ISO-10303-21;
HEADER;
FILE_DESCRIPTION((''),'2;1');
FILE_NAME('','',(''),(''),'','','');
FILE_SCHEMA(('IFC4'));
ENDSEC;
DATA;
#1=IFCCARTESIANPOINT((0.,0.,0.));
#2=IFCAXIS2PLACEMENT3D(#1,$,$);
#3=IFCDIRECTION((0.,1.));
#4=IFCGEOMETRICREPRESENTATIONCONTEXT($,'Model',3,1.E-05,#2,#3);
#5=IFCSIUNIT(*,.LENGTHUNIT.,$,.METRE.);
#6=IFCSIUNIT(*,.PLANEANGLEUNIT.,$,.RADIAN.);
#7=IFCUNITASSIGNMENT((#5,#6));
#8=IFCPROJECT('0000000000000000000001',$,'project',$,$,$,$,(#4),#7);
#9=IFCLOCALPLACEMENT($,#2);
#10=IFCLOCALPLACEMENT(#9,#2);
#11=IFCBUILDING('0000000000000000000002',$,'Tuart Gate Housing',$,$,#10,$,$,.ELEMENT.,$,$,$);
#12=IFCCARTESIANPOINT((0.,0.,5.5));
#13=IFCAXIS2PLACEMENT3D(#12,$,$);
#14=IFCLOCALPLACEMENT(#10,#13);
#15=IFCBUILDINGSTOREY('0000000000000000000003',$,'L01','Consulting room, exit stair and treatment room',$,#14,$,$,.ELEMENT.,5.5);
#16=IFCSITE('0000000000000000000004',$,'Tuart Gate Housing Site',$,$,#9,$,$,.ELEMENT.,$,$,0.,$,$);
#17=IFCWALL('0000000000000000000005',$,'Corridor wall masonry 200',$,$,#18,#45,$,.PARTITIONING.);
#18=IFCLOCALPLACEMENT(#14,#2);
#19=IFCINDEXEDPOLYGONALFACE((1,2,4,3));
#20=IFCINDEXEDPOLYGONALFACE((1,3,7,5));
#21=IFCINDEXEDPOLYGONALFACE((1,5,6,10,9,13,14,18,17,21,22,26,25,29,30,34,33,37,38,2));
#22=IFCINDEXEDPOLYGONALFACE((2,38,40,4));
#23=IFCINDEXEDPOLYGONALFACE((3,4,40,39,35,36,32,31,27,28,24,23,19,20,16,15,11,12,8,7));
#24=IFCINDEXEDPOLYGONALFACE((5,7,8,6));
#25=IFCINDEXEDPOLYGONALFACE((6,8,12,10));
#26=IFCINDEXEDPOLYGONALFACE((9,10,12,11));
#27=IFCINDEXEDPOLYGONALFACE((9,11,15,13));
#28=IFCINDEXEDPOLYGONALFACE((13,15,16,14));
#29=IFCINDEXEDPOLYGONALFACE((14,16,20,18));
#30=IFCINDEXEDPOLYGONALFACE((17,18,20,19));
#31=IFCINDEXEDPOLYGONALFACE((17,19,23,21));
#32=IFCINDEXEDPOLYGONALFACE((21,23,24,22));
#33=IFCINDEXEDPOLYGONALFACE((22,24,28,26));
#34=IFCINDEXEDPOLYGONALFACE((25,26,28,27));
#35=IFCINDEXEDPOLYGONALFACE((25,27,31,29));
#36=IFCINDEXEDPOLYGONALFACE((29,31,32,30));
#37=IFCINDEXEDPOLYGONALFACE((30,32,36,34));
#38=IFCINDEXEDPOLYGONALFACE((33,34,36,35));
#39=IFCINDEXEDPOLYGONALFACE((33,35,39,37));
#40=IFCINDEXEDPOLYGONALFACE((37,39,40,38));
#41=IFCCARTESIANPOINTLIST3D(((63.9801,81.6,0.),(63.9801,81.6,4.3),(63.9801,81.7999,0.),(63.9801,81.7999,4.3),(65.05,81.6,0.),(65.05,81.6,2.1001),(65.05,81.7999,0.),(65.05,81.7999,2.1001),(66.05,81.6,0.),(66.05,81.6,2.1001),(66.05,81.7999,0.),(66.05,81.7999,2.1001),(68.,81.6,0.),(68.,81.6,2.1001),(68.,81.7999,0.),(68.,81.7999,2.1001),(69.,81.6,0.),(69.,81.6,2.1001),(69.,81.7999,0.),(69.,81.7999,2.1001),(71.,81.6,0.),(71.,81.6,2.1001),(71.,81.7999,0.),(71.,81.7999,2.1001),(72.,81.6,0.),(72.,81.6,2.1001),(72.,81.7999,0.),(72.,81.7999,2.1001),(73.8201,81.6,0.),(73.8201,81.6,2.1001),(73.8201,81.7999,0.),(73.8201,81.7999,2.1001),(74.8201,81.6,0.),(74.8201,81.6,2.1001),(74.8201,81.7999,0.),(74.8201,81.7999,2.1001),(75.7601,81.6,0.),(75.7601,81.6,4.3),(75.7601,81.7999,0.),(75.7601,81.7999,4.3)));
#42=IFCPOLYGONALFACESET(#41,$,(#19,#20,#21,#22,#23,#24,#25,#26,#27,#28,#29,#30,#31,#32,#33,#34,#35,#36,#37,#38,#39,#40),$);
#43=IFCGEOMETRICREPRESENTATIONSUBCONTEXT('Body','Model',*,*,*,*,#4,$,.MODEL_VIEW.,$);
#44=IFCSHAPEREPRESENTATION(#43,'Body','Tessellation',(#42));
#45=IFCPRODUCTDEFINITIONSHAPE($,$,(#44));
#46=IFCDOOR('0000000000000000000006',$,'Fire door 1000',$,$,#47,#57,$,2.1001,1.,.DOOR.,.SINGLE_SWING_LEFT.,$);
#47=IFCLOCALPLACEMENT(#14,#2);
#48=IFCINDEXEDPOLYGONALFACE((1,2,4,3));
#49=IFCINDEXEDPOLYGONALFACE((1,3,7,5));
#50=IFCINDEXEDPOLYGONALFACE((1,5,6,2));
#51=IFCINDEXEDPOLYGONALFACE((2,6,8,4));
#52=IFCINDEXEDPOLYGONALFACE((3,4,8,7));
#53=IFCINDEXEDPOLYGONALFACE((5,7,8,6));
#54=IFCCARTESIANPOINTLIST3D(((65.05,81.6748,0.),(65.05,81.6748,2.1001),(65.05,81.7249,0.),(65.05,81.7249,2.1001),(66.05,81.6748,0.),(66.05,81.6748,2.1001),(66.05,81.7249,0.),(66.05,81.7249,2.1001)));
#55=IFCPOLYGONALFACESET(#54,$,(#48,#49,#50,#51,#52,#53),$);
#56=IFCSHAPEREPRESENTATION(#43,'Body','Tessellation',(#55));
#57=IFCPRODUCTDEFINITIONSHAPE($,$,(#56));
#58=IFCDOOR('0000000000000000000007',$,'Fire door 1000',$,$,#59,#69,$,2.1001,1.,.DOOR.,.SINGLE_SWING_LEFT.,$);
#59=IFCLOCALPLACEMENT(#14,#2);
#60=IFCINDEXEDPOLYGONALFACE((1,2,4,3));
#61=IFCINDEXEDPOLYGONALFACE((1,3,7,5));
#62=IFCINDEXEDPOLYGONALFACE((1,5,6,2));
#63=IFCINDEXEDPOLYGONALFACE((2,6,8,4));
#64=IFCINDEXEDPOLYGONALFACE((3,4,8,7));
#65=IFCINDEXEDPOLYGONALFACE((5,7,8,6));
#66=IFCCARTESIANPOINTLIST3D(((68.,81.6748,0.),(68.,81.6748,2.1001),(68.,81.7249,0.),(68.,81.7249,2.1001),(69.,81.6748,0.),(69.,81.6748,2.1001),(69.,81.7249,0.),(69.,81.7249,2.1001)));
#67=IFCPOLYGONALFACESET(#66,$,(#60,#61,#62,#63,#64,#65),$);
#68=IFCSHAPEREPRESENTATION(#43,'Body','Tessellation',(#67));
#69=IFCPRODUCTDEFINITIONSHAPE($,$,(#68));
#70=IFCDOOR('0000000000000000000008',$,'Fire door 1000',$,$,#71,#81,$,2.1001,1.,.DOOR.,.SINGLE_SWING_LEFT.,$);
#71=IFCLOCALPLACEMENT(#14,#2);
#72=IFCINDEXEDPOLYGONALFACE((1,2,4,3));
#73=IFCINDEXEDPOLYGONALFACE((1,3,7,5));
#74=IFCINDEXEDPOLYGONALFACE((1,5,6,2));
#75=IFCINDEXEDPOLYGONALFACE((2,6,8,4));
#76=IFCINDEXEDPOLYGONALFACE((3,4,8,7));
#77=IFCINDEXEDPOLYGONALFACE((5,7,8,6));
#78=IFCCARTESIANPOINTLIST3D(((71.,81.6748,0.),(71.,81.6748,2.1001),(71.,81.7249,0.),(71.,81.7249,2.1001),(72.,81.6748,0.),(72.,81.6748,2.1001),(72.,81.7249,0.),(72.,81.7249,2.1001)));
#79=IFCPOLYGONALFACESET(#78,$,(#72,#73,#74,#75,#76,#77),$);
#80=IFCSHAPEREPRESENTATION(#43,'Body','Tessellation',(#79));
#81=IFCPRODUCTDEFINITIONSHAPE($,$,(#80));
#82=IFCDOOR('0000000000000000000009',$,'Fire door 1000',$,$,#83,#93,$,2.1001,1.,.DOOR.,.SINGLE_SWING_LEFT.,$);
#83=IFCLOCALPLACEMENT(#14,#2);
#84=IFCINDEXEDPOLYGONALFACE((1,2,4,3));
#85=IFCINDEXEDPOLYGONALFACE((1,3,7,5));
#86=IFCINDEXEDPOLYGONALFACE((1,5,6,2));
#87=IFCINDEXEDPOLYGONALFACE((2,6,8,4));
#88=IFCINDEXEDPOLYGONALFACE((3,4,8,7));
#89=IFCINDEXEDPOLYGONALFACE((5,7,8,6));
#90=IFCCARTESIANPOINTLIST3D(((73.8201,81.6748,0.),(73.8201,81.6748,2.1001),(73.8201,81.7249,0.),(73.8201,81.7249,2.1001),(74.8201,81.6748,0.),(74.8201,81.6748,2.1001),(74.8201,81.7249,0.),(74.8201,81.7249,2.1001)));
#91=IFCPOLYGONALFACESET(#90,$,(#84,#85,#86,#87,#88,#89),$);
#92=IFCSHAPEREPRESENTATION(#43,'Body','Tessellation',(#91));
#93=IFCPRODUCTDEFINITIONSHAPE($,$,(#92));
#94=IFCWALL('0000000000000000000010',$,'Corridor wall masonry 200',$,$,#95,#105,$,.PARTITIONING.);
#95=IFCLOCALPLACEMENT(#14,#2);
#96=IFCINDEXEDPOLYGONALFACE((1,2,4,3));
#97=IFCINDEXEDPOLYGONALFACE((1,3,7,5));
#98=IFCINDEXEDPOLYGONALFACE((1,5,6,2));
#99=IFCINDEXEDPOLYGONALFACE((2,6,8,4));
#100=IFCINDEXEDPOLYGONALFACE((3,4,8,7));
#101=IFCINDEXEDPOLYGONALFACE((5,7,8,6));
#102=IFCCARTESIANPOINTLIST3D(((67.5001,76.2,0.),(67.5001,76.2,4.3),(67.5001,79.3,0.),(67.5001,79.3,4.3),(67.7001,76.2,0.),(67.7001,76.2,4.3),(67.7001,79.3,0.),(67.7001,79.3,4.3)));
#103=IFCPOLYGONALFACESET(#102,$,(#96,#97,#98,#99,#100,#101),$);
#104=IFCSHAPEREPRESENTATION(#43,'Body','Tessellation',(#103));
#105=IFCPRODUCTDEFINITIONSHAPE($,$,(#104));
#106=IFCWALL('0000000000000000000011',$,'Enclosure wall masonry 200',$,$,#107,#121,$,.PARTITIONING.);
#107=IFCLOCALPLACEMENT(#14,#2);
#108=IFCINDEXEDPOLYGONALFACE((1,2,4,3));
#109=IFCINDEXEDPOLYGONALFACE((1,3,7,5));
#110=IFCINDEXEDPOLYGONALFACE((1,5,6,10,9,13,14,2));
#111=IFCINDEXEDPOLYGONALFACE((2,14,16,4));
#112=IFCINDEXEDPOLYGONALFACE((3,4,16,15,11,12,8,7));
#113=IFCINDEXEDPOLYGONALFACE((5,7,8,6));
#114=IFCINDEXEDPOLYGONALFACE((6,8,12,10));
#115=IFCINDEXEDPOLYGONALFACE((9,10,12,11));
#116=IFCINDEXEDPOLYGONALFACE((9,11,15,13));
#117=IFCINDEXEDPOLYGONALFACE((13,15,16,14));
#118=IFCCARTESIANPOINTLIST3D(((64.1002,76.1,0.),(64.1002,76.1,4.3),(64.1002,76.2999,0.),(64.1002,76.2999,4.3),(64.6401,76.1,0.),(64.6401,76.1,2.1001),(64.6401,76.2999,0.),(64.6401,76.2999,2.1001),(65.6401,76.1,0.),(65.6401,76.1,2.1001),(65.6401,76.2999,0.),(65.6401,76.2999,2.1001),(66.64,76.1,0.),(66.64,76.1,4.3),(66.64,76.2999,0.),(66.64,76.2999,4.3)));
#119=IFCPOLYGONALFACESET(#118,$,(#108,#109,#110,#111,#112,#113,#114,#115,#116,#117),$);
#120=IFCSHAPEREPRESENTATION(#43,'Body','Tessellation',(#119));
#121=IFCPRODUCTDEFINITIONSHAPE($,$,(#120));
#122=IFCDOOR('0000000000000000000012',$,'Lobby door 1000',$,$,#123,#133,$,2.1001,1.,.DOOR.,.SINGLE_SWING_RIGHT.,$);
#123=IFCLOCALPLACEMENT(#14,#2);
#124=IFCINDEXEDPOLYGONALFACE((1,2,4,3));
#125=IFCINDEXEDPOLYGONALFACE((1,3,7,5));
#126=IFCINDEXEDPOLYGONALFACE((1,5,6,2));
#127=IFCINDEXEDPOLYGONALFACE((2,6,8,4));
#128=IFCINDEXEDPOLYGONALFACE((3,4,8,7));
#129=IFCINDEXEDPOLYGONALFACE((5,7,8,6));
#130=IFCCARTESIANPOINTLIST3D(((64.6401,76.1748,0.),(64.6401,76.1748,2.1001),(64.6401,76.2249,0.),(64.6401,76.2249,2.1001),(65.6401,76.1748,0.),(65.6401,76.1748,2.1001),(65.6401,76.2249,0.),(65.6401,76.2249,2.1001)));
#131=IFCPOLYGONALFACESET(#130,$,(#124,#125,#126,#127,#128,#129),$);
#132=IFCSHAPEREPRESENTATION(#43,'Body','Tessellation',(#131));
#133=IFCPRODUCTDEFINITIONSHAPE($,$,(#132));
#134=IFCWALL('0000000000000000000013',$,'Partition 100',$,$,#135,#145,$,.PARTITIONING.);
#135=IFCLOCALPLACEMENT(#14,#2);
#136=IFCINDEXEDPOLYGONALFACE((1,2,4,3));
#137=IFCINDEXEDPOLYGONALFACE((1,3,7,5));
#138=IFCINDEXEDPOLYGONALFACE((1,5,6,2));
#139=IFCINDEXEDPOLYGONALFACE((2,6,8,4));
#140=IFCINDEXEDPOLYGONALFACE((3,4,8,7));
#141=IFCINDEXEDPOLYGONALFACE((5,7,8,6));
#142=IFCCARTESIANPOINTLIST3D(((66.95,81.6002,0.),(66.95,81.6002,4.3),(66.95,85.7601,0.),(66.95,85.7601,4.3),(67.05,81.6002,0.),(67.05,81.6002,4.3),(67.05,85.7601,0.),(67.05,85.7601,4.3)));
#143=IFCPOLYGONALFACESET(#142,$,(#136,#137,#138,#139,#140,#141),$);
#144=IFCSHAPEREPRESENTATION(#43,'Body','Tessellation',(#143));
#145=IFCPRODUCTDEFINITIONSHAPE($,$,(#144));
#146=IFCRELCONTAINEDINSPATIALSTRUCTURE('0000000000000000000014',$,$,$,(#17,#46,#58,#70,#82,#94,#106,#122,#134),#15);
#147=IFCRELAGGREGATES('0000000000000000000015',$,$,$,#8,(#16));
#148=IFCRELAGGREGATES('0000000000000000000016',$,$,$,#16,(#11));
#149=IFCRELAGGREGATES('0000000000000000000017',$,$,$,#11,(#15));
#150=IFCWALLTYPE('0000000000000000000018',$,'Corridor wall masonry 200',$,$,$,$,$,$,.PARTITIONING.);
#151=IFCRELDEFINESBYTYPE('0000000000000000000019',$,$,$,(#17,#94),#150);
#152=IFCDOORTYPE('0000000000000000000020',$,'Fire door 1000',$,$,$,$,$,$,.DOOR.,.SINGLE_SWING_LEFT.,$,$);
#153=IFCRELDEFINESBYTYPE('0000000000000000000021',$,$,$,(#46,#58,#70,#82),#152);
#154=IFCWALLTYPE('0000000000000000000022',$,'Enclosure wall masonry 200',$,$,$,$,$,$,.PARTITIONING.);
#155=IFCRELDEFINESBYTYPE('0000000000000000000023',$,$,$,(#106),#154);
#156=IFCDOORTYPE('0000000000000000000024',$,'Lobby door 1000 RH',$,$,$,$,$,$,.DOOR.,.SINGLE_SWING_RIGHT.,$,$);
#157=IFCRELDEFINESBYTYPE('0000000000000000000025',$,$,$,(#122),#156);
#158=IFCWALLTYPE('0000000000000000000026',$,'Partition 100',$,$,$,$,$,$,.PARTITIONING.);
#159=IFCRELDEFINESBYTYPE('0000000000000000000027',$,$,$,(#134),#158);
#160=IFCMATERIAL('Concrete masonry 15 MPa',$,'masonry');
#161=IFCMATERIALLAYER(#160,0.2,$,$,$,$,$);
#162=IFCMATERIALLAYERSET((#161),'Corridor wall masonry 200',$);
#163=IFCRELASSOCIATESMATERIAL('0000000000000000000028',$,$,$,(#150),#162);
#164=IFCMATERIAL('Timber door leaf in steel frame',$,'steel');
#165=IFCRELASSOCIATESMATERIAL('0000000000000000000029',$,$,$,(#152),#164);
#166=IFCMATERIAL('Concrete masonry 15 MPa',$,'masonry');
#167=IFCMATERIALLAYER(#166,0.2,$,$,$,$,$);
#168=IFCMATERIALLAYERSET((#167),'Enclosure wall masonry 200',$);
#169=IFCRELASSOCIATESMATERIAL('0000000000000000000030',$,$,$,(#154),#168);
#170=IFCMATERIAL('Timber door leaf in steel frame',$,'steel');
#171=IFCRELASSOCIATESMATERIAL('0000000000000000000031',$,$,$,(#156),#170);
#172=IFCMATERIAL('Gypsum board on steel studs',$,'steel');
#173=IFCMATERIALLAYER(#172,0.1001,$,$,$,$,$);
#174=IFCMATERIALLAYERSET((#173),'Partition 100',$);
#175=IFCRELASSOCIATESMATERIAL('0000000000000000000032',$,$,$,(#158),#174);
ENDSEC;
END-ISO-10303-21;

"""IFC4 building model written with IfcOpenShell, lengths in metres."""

from ifc_helpers import new_model, si_unit, direction, frame, frame_2d, origin, place, context, subcontext, project, spatial, rectangle, extrude, material, layer, layer_set, type_object, element, fill, save


model = new_model("IFC4")

# Units and contexts
model_context = context("Model", 3, precision=1e-05, world=origin(), true_north=direction((0.0, 1.0)))
body_context = subcontext(model_context, "Body", "Model", "MODEL_VIEW")
ifc_project = project(units=[si_unit("LENGTHUNIT", "METRE"), si_unit("PLANEANGLEUNIT", "RADIAN")], contexts=[model_context])

# Site, building, storey
site_placement = place(None, origin())
site = spatial("IfcSite", under=ifc_project, at=site_placement, Name="Tuart Gate Housing Site", CompositionType="ELEMENT", RefElevation=0.0)
building_placement = place(site_placement, origin())
building = spatial("IfcBuilding", under=site, at=building_placement, Name="Tuart Gate Housing", CompositionType="ELEMENT")
storey_placement = place(building_placement, frame((0.0, 0.0, 5.5)))
storey = spatial("IfcBuildingStorey", under=building, at=storey_placement, Name="L01", Description="Consulting room, exit stair and treatment room", CompositionType="ELEMENT", Elevation=5.5)

# Wall, openings, doors
ifc_material_1 = material(Name="Concrete masonry 15 MPa", Category="masonry")
ifc_layer_1 = layer(ifc_material_1, 0.2)
ifc_layer_set_1 = layer_set([ifc_layer_1], Name="Corridor wall masonry 200")
wall_type_1 = type_object("IfcWallType", Name="Corridor wall masonry 200", PredefinedType="PARTITIONING", material=ifc_layer_set_1)
wall_1_placement = place(storey_placement, frame((63.98, 81.7, 0.0), z_axis=(0.0, 0.0, 1.0), x_axis=(1.0, 0.0, 0.0)))
wall_1 = element("IfcWall", 1, at=wall_1_placement, inside=storey, type_object=wall_type_1, Name="Corridor wall masonry 200", PredefinedType="PARTITIONING", context=body_context, shape_type="SweptSolid", body=[
    extrude(rectangle(XDim=11.78, YDim=0.2, at=frame_2d((5.8901, 0.0))), origin(), (0.0, 0.0, 1.0), 4.3),
])
opening_1_placement = place(wall_1_placement, frame((1.0701, 0.0, 0.0)))
opening_1 = element("IfcOpeningElement", 2, at=opening_1_placement, cuts=wall_1, PredefinedType="OPENING", context=body_context, shape_type="SweptSolid", body=[
    extrude(rectangle(XDim=1.0, YDim=2.1001, at=frame_2d((0.5, 1.05))), frame((0.0, 0.1099, 0.0), z_axis=(0.0, -1.0, 0.0), x_axis=(1.0, 0.0, 0.0)), (0.0, 0.0, 1.0), 0.22),
])
opening_2_placement = place(wall_1_placement, frame((4.02, 0.0, 0.0)))
opening_2 = element("IfcOpeningElement", 3, at=opening_2_placement, cuts=wall_1, PredefinedType="OPENING", context=body_context, shape_type="SweptSolid", body=[
    extrude(rectangle(XDim=1.0, YDim=2.1001, at=frame_2d((0.5, 1.05))), frame((0.0, 0.1099, 0.0), z_axis=(0.0, -1.0, 0.0), x_axis=(1.0, 0.0, 0.0)), (0.0, 0.0, 1.0), 0.22),
])
opening_3_placement = place(wall_1_placement, frame((7.02, 0.0, 0.0)))
opening_3 = element("IfcOpeningElement", 4, at=opening_3_placement, cuts=wall_1, PredefinedType="OPENING", context=body_context, shape_type="SweptSolid", body=[
    extrude(rectangle(XDim=1.0, YDim=2.1001, at=frame_2d((0.5, 1.05))), frame((0.0, 0.1099, 0.0), z_axis=(0.0, -1.0, 0.0), x_axis=(1.0, 0.0, 0.0)), (0.0, 0.0, 1.0), 0.22),
])
opening_4_placement = place(wall_1_placement, frame((9.8401, 0.0, 0.0)))
opening_4 = element("IfcOpeningElement", 5, at=opening_4_placement, cuts=wall_1, PredefinedType="OPENING", context=body_context, shape_type="SweptSolid", body=[
    extrude(rectangle(XDim=1.0, YDim=2.1001, at=frame_2d((0.5, 1.05))), frame((0.0, 0.1099, 0.0), z_axis=(0.0, -1.0, 0.0), x_axis=(1.0, 0.0, 0.0)), (0.0, 0.0, 1.0), 0.22),
])
ifc_material_2 = material(Name="Timber door leaf in steel frame", Category="steel")
door_type_1 = type_object("IfcDoorType", Name="Fire door 1000", OperationType="SINGLE_SWING_LEFT", PredefinedType="DOOR", material=ifc_material_2)
door_1_placement = place(opening_1_placement, origin())
door_1 = element("IfcDoor", 6, at=door_1_placement, inside=storey, type_object=door_type_1, Name="Fire door 1000", OperationType="SINGLE_SWING_LEFT", OverallHeight=2.1001, OverallWidth=1.0, PredefinedType="DOOR", context=body_context, shape_type="SweptSolid", body=[
    extrude(rectangle(XDim=1.0, YDim=2.1001, at=frame_2d((0.5, 1.05))), frame((0.0, 0.0249, 0.0), z_axis=(0.0, -1.0, 0.0), x_axis=(1.0, 0.0, 0.0)), (0.0, 0.0, 1.0), 0.05),
])
fill(opening_1, door_1)
door_2_placement = place(opening_2_placement, origin())
door_2 = element("IfcDoor", 7, at=door_2_placement, inside=storey, type_object=door_type_1, Name="Fire door 1000", OperationType="SINGLE_SWING_LEFT", OverallHeight=2.1001, OverallWidth=1.0, PredefinedType="DOOR", context=body_context, shape_type="SweptSolid", body=[
    extrude(rectangle(XDim=1.0, YDim=2.1001, at=frame_2d((0.5, 1.05))), frame((0.0, 0.0249, 0.0), z_axis=(0.0, -1.0, 0.0), x_axis=(1.0, 0.0, 0.0)), (0.0, 0.0, 1.0), 0.05),
])
fill(opening_2, door_2)
door_3_placement = place(opening_3_placement, origin())
door_3 = element("IfcDoor", 8, at=door_3_placement, inside=storey, type_object=door_type_1, Name="Fire door 1000", OperationType="SINGLE_SWING_LEFT", OverallHeight=2.1001, OverallWidth=1.0, PredefinedType="DOOR", context=body_context, shape_type="SweptSolid", body=[
    extrude(rectangle(XDim=1.0, YDim=2.1001, at=frame_2d((0.5, 1.05))), frame((0.0, 0.0249, 0.0), z_axis=(0.0, -1.0, 0.0), x_axis=(1.0, 0.0, 0.0)), (0.0, 0.0, 1.0), 0.05),
])
fill(opening_3, door_3)
door_4_placement = place(opening_4_placement, origin())
door_4 = element("IfcDoor", 9, at=door_4_placement, inside=storey, type_object=door_type_1, Name="Fire door 1000", OperationType="SINGLE_SWING_LEFT", OverallHeight=2.1001, OverallWidth=1.0, PredefinedType="DOOR", context=body_context, shape_type="SweptSolid", body=[
    extrude(rectangle(XDim=1.0, YDim=2.1001, at=frame_2d((0.5, 1.05))), frame((0.0, 0.0249, 0.0), z_axis=(0.0, -1.0, 0.0), x_axis=(1.0, 0.0, 0.0)), (0.0, 0.0, 1.0), 0.05),
])
fill(opening_4, door_4)

# Wall
wall_2_placement = place(storey_placement, frame((67.6001, 76.2, 0.0), z_axis=(0.0, 0.0, 1.0), x_axis=(0.0, 1.0, 0.0)))
element("IfcWall", 10, at=wall_2_placement, inside=storey, type_object=wall_type_1, Name="Corridor wall masonry 200", PredefinedType="PARTITIONING", context=body_context, shape_type="SweptSolid", body=[
    extrude(rectangle(XDim=3.1001, YDim=0.2, at=frame_2d((1.55, 0.0))), origin(), (0.0, 0.0, 1.0), 4.3),
])

# Wall, opening, door
ifc_material_3 = material(Name="Concrete masonry 15 MPa", Category="masonry")
ifc_layer_2 = layer(ifc_material_3, 0.2)
ifc_layer_set_2 = layer_set([ifc_layer_2], Name="Enclosure wall masonry 200")
wall_type_2 = type_object("IfcWallType", Name="Enclosure wall masonry 200", PredefinedType="PARTITIONING", material=ifc_layer_set_2)
wall_3_placement = place(storey_placement, frame((64.1001, 76.2, 0.0), z_axis=(0.0, 0.0, 1.0), x_axis=(1.0, 0.0, 0.0)))
wall_3 = element("IfcWall", 11, at=wall_3_placement, inside=storey, type_object=wall_type_2, Name="Enclosure wall masonry 200", PredefinedType="PARTITIONING", context=body_context, shape_type="SweptSolid", body=[
    extrude(rectangle(XDim=2.5398, YDim=0.2, at=frame_2d((1.27, 0.0))), origin(), (0.0, 0.0, 1.0), 4.3),
])
opening_5_placement = place(wall_3_placement, frame((0.54, 0.0, 0.0)))
opening_5 = element("IfcOpeningElement", 12, at=opening_5_placement, cuts=wall_3, PredefinedType="OPENING", context=body_context, shape_type="SweptSolid", body=[
    extrude(rectangle(XDim=1.0, YDim=2.1001, at=frame_2d((0.5, 1.05))), frame((0.0, 0.1099, 0.0), z_axis=(0.0, -1.0, 0.0), x_axis=(1.0, 0.0, 0.0)), (0.0, 0.0, 1.0), 0.22),
])
ifc_material_4 = material(Name="Timber door leaf in steel frame", Category="steel")
door_type_2 = type_object("IfcDoorType", Name="Lobby door 1000 RH", OperationType="SINGLE_SWING_RIGHT", PredefinedType="DOOR", material=ifc_material_4)
door_5_placement = place(opening_5_placement, frame((1.0, 0.0, 0.0), z_axis=(0.0, 0.0, 1.0), x_axis=(-1.0, 0.0, 0.0)))
door_5 = element("IfcDoor", 13, at=door_5_placement, inside=storey, type_object=door_type_2, Name="Lobby door 1000", OperationType="SINGLE_SWING_RIGHT", OverallHeight=2.1001, OverallWidth=1.0, PredefinedType="DOOR", context=body_context, shape_type="SweptSolid", body=[
    extrude(rectangle(XDim=1.0, YDim=2.1001, at=frame_2d((0.5, 1.05))), frame((0.0, 0.0251, 0.0), z_axis=(0.0, -1.0, 0.0), x_axis=(1.0, 0.0, 0.0)), (0.0, 0.0, 1.0), 0.05),
])
fill(opening_5, door_5)

# Wall
ifc_material_5 = material(Name="Gypsum board on steel studs", Category="steel")
ifc_layer_3 = layer(ifc_material_5, 0.1001)
ifc_layer_set_3 = layer_set([ifc_layer_3], Name="Partition 100")
wall_type_3 = type_object("IfcWallType", Name="Partition 100", PredefinedType="PARTITIONING", material=ifc_layer_set_3)
wall_4_placement = place(storey_placement, frame((67.0, 81.6001, 0.0), z_axis=(0.0, 0.0, 1.0), x_axis=(0.0, 1.0, 0.0)))
element("IfcWall", 14, at=wall_4_placement, inside=storey, type_object=wall_type_3, Name="Partition 100", PredefinedType="PARTITIONING", context=body_context, shape_type="SweptSolid", body=[
    extrude(rectangle(XDim=4.1599, YDim=0.1001, at=frame_2d((2.0801, 0.0))), origin(), (0.0, 0.0, 1.0), 4.3),
])

save(model, "model.ifc")
